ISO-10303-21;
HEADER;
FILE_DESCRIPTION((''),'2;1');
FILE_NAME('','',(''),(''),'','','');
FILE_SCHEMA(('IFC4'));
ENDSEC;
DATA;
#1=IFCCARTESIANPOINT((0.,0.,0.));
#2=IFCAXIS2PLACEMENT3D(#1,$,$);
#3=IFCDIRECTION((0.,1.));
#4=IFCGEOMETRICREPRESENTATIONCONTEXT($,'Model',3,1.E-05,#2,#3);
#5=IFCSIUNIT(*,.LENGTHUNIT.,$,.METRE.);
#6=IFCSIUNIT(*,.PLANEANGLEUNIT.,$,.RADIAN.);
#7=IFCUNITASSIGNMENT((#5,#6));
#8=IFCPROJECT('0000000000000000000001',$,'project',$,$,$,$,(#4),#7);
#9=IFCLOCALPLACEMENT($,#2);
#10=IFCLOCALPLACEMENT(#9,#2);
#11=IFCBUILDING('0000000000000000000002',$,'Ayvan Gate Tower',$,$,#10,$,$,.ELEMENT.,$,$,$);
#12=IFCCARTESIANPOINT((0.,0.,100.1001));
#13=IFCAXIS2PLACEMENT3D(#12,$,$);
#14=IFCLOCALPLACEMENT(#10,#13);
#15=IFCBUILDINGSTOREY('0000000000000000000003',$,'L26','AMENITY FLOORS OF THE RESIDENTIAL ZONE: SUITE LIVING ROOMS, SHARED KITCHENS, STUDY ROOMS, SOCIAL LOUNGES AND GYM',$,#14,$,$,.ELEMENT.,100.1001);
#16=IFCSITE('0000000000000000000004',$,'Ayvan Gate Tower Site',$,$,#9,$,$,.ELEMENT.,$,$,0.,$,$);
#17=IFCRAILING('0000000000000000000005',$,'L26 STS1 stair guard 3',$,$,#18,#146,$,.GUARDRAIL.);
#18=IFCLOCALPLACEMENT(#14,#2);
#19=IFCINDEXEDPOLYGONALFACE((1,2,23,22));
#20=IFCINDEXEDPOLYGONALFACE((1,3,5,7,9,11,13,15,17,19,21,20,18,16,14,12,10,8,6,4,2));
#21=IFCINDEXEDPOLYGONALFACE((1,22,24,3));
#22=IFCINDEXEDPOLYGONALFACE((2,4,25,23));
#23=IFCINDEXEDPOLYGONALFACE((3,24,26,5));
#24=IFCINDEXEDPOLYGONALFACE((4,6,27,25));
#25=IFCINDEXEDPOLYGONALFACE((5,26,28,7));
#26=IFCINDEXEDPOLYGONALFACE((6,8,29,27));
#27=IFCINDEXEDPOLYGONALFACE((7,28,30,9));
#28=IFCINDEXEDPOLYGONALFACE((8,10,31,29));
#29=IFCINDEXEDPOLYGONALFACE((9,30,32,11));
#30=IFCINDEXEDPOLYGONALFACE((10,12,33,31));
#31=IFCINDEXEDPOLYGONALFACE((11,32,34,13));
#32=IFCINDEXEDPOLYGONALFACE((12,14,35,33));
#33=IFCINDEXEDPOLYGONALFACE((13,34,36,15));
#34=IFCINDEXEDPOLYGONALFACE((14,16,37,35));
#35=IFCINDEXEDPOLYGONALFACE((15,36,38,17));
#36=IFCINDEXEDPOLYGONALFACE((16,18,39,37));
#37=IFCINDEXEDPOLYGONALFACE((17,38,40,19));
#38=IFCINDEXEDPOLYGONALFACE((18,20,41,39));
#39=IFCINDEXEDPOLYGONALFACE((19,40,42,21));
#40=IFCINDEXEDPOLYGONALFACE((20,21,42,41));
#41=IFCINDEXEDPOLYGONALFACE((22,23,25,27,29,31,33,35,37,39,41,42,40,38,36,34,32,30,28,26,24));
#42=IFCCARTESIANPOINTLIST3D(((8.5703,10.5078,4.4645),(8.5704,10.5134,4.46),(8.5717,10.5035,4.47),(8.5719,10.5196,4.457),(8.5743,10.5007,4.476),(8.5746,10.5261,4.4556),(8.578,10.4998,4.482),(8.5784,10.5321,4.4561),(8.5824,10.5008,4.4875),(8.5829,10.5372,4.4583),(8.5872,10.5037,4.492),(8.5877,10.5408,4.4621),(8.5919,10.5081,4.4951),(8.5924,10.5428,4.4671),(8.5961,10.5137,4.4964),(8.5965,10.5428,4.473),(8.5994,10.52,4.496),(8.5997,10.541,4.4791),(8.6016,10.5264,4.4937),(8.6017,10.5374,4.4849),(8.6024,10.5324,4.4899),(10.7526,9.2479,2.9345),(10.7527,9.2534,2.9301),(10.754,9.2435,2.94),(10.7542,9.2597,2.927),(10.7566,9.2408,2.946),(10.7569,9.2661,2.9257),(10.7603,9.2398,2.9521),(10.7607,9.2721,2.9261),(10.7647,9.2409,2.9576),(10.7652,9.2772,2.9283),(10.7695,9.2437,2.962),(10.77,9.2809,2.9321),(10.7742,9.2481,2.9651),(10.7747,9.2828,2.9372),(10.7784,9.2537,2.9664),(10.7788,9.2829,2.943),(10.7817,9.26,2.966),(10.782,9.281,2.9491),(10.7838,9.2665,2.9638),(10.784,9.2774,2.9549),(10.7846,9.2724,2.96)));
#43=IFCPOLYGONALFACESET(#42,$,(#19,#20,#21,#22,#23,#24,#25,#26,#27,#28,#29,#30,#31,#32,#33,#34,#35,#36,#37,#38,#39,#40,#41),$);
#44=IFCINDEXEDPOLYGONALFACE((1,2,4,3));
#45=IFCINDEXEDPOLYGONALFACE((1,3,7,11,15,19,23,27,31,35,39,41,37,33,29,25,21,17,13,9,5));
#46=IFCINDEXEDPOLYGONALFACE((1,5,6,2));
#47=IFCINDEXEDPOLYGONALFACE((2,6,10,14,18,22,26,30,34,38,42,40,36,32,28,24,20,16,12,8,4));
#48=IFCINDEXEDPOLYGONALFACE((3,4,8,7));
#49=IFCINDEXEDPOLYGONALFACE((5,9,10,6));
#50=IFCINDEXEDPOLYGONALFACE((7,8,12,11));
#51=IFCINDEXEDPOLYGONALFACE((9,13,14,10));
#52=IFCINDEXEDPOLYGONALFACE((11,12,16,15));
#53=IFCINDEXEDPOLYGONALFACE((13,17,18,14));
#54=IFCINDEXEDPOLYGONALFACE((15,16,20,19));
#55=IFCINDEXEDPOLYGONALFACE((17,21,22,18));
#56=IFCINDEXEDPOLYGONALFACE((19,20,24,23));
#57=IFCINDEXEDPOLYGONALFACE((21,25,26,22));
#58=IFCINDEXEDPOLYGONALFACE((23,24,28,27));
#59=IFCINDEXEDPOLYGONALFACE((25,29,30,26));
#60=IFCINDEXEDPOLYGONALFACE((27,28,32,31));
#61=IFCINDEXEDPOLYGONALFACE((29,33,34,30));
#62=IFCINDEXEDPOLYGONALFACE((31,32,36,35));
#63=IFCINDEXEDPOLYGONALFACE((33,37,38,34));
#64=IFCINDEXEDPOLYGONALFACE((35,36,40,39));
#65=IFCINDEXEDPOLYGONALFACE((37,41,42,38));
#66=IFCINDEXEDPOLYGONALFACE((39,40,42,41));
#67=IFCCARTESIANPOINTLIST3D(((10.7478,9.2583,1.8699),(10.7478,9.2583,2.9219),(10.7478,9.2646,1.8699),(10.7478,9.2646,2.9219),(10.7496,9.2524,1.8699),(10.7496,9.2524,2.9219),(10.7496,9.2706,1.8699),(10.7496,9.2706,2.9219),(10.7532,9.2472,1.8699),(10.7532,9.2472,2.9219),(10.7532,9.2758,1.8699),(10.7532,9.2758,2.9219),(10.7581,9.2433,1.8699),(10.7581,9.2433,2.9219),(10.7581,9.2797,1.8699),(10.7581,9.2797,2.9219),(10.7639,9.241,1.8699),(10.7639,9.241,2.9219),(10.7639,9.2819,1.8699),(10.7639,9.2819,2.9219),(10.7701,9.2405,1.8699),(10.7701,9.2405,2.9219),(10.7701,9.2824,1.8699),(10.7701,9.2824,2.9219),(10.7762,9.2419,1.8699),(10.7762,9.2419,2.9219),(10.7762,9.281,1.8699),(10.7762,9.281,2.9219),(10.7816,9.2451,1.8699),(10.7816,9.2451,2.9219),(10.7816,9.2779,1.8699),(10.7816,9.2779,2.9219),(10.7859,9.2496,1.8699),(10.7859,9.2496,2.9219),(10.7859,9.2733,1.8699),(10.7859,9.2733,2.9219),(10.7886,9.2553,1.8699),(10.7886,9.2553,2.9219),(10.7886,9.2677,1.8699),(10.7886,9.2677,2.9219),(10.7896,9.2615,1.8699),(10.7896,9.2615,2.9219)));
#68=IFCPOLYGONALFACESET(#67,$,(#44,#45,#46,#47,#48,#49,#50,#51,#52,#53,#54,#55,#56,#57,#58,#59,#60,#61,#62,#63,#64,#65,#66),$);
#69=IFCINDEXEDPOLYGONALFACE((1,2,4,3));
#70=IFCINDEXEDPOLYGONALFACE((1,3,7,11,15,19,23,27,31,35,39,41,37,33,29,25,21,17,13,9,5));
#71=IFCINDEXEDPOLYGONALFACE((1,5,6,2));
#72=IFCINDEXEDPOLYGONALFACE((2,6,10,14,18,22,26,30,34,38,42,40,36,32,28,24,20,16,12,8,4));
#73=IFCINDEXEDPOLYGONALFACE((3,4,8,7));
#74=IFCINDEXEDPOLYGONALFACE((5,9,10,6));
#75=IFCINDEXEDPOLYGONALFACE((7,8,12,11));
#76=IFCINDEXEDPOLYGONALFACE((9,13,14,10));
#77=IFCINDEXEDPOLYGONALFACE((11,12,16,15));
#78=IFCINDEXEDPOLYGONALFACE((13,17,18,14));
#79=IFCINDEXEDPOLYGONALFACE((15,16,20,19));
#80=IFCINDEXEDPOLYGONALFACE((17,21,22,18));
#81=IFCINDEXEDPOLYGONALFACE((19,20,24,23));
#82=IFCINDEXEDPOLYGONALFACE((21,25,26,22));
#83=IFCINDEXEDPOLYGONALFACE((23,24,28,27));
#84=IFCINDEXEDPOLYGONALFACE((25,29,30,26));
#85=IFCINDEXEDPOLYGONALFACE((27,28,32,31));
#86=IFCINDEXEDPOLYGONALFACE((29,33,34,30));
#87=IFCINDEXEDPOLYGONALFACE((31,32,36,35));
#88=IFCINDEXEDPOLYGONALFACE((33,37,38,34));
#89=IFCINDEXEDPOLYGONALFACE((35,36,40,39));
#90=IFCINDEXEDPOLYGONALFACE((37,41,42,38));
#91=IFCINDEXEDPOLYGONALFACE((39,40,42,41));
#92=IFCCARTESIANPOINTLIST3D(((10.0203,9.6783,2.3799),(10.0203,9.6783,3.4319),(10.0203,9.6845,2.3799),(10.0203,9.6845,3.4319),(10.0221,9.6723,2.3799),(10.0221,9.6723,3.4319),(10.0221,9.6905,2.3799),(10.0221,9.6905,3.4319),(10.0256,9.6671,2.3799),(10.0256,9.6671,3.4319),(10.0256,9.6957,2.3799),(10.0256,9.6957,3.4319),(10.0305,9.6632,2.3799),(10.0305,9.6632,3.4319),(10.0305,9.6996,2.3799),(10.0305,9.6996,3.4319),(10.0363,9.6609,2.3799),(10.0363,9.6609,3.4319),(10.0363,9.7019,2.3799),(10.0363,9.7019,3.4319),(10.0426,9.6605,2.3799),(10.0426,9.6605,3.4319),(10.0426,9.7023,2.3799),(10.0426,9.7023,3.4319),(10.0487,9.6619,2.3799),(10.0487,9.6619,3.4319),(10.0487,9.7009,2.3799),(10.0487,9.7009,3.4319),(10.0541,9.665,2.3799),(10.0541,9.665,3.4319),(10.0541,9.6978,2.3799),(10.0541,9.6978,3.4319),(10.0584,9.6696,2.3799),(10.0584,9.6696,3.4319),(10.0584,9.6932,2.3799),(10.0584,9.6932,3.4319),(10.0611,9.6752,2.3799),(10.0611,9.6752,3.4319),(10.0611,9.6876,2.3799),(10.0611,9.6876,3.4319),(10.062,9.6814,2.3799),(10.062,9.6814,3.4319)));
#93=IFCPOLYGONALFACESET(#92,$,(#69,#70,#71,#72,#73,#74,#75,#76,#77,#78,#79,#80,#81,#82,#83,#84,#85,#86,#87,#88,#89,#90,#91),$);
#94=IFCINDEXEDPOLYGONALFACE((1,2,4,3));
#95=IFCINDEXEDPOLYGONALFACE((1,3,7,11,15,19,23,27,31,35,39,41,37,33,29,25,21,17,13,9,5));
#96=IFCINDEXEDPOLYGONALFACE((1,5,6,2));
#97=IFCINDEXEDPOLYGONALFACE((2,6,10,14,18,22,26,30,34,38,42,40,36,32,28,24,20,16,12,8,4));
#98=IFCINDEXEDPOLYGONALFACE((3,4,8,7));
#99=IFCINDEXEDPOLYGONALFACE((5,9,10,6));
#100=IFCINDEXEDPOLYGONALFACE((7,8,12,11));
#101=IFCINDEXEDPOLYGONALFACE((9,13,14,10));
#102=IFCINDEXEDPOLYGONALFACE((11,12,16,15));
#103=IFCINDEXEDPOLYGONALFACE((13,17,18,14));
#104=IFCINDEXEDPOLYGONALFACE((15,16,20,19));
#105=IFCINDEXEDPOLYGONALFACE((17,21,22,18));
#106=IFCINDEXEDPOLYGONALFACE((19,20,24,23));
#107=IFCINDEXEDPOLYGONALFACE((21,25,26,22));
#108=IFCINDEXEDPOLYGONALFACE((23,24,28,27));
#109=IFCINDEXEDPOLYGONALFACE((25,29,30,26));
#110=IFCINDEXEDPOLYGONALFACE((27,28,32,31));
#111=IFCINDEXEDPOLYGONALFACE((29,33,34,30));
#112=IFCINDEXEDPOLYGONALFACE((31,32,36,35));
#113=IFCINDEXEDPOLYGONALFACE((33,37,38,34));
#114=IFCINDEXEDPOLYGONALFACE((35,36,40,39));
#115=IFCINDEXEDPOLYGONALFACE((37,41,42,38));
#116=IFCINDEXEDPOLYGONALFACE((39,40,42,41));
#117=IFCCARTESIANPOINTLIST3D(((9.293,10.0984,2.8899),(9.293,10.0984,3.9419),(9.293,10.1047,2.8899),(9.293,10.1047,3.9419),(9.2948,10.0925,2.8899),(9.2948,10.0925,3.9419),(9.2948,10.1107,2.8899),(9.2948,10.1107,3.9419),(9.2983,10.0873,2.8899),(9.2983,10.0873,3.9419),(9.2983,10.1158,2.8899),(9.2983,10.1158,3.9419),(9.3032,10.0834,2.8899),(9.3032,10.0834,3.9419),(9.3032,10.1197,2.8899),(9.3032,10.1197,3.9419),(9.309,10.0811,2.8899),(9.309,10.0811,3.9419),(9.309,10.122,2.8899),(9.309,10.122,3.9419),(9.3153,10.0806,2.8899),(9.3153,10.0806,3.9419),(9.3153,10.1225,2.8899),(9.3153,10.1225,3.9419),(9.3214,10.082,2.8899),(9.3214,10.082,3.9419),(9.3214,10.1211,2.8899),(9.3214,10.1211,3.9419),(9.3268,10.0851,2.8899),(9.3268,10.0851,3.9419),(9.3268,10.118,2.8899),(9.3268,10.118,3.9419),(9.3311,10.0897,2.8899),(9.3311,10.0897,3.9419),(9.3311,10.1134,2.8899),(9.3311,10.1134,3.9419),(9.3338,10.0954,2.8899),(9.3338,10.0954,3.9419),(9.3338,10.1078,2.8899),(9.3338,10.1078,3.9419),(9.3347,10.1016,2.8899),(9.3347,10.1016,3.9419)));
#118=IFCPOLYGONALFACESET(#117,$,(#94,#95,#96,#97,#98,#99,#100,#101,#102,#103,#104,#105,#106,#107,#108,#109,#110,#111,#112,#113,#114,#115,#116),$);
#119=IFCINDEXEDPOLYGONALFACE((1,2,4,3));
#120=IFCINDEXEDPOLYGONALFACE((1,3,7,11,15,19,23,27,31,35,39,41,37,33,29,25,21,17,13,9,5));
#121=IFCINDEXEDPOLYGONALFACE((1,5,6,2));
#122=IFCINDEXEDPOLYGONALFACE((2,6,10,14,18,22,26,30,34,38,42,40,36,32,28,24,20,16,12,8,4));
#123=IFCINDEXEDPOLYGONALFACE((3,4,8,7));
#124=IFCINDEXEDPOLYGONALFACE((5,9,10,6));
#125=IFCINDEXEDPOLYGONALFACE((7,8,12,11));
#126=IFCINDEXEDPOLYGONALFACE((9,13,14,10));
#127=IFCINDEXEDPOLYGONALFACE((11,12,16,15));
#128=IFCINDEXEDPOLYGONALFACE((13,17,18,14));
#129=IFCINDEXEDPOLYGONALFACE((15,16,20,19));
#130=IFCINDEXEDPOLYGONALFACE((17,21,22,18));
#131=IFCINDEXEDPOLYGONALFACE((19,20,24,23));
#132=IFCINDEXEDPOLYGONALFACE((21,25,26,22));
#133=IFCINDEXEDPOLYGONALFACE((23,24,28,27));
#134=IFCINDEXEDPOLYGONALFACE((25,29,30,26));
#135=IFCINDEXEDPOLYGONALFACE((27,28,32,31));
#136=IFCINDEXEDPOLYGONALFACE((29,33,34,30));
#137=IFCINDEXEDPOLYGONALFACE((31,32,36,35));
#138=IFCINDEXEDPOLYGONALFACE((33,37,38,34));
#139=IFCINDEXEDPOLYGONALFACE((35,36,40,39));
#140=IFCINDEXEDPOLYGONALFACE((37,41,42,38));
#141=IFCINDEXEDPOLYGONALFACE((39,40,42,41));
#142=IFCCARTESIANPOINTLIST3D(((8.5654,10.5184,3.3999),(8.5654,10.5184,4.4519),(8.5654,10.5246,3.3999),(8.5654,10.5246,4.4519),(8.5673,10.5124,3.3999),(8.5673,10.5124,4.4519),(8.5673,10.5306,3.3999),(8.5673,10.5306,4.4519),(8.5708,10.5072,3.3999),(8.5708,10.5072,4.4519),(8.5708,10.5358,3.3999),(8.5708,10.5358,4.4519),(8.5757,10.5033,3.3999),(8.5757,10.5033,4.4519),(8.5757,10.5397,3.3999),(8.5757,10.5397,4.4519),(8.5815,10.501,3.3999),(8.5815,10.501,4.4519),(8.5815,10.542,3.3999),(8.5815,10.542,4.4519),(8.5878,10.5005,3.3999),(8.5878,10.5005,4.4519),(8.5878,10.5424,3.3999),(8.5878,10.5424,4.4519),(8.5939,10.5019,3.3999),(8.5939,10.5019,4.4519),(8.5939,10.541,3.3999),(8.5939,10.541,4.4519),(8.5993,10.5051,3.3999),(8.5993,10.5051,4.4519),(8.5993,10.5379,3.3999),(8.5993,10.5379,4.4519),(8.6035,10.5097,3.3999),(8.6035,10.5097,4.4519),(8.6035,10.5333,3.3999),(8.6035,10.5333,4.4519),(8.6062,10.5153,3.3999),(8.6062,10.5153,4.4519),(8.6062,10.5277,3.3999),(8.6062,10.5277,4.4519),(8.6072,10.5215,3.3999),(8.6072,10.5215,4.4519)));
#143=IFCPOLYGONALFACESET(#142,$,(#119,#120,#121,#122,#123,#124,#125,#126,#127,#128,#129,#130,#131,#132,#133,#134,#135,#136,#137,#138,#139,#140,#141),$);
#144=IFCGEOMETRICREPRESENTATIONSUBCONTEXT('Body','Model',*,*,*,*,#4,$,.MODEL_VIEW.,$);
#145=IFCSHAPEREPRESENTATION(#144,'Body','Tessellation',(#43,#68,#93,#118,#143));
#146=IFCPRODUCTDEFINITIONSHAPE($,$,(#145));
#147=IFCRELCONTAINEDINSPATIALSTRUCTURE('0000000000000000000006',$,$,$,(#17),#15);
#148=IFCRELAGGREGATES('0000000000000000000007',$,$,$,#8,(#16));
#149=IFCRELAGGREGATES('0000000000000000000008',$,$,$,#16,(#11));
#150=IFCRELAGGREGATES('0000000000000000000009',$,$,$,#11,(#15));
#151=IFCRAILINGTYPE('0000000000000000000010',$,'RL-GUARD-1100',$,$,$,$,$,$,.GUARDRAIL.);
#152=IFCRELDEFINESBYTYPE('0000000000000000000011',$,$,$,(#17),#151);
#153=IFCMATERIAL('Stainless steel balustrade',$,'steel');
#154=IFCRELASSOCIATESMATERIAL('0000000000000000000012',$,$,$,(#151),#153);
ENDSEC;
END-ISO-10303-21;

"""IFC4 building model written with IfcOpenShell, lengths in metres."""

from ifc_helpers import new_model, si_unit, direction, frame, origin, origin_2d, place, context, subcontext, project, spatial, circle, extrude, material, type_object, element, save


model = new_model("IFC4")

# Units and contexts
model_context = context("Model", 3, precision=1e-05, world=origin(), true_north=direction((0.0, 1.0)))
body_context = subcontext(model_context, "Body", "Model", "MODEL_VIEW")
ifc_project = project(units=[si_unit("LENGTHUNIT", "METRE"), si_unit("PLANEANGLEUNIT", "RADIAN")], contexts=[model_context])

# Site, building, storey
site_placement = place(None, origin())
site = spatial("IfcSite", under=ifc_project, at=site_placement, Name="Ayvan Gate Tower Site", CompositionType="ELEMENT", RefElevation=0.0)
building_placement = place(site_placement, origin())
building = spatial("IfcBuilding", under=site, at=building_placement, Name="Ayvan Gate Tower", CompositionType="ELEMENT")
storey_placement = place(building_placement, frame((0.0, 0.0, 100.1001)))
storey = spatial("IfcBuildingStorey", under=building, at=storey_placement, Name="L26", Description="AMENITY FLOORS OF THE RESIDENTIAL ZONE: SUITE LIVING ROOMS, SHARED KITCHENS, STUDY ROOMS, SOCIAL LOUNGES AND GYM", CompositionType="ELEMENT", Elevation=100.1001)

# Railing
ifc_material_1 = material(Name="Stainless steel balustrade", Category="steel")
railing_type_1 = type_object("IfcRailingType", Name="RL-GUARD-1100", PredefinedType="GUARDRAIL", material=ifc_material_1)
railing_1_placement = place(storey_placement, frame((10.7686, 9.2615, 1.8699)))
element("IfcRailing", 1, at=railing_1_placement, inside=storey, type_object=railing_type_1, Name="L26 STS1 stair guard 3", PredefinedType="GUARDRAIL", context=body_context, shape_type="SweptSolid", body=[
    extrude(circle(Radius=0.0239, at=origin_2d()), frame((0.0, 0.0, 1.0762), z_axis=(-0.740261, 0.427395, 0.518986), x_axis=(-0.500005, -0.866023, 0.0)), (0.0, 0.0, 1.0), 2.948),
    extrude(circle(Radius=0.021, at=origin_2d()), origin(), (0.0, 0.0, 1.0), 1.052),
    extrude(circle(Radius=0.021, at=origin_2d()), frame((-0.7275, 0.4199, 0.51)), (0.0, 0.0, 1.0), 1.052),
    extrude(circle(Radius=0.021, at=origin_2d()), frame((-1.4548, 0.8401, 1.02)), (0.0, 0.0, 1.0), 1.052),
    extrude(circle(Radius=0.021, at=origin_2d()), frame((-2.1824, 1.26, 1.53)), (0.0, 0.0, 1.0), 1.052),
])

save(model, "model.ifc")
